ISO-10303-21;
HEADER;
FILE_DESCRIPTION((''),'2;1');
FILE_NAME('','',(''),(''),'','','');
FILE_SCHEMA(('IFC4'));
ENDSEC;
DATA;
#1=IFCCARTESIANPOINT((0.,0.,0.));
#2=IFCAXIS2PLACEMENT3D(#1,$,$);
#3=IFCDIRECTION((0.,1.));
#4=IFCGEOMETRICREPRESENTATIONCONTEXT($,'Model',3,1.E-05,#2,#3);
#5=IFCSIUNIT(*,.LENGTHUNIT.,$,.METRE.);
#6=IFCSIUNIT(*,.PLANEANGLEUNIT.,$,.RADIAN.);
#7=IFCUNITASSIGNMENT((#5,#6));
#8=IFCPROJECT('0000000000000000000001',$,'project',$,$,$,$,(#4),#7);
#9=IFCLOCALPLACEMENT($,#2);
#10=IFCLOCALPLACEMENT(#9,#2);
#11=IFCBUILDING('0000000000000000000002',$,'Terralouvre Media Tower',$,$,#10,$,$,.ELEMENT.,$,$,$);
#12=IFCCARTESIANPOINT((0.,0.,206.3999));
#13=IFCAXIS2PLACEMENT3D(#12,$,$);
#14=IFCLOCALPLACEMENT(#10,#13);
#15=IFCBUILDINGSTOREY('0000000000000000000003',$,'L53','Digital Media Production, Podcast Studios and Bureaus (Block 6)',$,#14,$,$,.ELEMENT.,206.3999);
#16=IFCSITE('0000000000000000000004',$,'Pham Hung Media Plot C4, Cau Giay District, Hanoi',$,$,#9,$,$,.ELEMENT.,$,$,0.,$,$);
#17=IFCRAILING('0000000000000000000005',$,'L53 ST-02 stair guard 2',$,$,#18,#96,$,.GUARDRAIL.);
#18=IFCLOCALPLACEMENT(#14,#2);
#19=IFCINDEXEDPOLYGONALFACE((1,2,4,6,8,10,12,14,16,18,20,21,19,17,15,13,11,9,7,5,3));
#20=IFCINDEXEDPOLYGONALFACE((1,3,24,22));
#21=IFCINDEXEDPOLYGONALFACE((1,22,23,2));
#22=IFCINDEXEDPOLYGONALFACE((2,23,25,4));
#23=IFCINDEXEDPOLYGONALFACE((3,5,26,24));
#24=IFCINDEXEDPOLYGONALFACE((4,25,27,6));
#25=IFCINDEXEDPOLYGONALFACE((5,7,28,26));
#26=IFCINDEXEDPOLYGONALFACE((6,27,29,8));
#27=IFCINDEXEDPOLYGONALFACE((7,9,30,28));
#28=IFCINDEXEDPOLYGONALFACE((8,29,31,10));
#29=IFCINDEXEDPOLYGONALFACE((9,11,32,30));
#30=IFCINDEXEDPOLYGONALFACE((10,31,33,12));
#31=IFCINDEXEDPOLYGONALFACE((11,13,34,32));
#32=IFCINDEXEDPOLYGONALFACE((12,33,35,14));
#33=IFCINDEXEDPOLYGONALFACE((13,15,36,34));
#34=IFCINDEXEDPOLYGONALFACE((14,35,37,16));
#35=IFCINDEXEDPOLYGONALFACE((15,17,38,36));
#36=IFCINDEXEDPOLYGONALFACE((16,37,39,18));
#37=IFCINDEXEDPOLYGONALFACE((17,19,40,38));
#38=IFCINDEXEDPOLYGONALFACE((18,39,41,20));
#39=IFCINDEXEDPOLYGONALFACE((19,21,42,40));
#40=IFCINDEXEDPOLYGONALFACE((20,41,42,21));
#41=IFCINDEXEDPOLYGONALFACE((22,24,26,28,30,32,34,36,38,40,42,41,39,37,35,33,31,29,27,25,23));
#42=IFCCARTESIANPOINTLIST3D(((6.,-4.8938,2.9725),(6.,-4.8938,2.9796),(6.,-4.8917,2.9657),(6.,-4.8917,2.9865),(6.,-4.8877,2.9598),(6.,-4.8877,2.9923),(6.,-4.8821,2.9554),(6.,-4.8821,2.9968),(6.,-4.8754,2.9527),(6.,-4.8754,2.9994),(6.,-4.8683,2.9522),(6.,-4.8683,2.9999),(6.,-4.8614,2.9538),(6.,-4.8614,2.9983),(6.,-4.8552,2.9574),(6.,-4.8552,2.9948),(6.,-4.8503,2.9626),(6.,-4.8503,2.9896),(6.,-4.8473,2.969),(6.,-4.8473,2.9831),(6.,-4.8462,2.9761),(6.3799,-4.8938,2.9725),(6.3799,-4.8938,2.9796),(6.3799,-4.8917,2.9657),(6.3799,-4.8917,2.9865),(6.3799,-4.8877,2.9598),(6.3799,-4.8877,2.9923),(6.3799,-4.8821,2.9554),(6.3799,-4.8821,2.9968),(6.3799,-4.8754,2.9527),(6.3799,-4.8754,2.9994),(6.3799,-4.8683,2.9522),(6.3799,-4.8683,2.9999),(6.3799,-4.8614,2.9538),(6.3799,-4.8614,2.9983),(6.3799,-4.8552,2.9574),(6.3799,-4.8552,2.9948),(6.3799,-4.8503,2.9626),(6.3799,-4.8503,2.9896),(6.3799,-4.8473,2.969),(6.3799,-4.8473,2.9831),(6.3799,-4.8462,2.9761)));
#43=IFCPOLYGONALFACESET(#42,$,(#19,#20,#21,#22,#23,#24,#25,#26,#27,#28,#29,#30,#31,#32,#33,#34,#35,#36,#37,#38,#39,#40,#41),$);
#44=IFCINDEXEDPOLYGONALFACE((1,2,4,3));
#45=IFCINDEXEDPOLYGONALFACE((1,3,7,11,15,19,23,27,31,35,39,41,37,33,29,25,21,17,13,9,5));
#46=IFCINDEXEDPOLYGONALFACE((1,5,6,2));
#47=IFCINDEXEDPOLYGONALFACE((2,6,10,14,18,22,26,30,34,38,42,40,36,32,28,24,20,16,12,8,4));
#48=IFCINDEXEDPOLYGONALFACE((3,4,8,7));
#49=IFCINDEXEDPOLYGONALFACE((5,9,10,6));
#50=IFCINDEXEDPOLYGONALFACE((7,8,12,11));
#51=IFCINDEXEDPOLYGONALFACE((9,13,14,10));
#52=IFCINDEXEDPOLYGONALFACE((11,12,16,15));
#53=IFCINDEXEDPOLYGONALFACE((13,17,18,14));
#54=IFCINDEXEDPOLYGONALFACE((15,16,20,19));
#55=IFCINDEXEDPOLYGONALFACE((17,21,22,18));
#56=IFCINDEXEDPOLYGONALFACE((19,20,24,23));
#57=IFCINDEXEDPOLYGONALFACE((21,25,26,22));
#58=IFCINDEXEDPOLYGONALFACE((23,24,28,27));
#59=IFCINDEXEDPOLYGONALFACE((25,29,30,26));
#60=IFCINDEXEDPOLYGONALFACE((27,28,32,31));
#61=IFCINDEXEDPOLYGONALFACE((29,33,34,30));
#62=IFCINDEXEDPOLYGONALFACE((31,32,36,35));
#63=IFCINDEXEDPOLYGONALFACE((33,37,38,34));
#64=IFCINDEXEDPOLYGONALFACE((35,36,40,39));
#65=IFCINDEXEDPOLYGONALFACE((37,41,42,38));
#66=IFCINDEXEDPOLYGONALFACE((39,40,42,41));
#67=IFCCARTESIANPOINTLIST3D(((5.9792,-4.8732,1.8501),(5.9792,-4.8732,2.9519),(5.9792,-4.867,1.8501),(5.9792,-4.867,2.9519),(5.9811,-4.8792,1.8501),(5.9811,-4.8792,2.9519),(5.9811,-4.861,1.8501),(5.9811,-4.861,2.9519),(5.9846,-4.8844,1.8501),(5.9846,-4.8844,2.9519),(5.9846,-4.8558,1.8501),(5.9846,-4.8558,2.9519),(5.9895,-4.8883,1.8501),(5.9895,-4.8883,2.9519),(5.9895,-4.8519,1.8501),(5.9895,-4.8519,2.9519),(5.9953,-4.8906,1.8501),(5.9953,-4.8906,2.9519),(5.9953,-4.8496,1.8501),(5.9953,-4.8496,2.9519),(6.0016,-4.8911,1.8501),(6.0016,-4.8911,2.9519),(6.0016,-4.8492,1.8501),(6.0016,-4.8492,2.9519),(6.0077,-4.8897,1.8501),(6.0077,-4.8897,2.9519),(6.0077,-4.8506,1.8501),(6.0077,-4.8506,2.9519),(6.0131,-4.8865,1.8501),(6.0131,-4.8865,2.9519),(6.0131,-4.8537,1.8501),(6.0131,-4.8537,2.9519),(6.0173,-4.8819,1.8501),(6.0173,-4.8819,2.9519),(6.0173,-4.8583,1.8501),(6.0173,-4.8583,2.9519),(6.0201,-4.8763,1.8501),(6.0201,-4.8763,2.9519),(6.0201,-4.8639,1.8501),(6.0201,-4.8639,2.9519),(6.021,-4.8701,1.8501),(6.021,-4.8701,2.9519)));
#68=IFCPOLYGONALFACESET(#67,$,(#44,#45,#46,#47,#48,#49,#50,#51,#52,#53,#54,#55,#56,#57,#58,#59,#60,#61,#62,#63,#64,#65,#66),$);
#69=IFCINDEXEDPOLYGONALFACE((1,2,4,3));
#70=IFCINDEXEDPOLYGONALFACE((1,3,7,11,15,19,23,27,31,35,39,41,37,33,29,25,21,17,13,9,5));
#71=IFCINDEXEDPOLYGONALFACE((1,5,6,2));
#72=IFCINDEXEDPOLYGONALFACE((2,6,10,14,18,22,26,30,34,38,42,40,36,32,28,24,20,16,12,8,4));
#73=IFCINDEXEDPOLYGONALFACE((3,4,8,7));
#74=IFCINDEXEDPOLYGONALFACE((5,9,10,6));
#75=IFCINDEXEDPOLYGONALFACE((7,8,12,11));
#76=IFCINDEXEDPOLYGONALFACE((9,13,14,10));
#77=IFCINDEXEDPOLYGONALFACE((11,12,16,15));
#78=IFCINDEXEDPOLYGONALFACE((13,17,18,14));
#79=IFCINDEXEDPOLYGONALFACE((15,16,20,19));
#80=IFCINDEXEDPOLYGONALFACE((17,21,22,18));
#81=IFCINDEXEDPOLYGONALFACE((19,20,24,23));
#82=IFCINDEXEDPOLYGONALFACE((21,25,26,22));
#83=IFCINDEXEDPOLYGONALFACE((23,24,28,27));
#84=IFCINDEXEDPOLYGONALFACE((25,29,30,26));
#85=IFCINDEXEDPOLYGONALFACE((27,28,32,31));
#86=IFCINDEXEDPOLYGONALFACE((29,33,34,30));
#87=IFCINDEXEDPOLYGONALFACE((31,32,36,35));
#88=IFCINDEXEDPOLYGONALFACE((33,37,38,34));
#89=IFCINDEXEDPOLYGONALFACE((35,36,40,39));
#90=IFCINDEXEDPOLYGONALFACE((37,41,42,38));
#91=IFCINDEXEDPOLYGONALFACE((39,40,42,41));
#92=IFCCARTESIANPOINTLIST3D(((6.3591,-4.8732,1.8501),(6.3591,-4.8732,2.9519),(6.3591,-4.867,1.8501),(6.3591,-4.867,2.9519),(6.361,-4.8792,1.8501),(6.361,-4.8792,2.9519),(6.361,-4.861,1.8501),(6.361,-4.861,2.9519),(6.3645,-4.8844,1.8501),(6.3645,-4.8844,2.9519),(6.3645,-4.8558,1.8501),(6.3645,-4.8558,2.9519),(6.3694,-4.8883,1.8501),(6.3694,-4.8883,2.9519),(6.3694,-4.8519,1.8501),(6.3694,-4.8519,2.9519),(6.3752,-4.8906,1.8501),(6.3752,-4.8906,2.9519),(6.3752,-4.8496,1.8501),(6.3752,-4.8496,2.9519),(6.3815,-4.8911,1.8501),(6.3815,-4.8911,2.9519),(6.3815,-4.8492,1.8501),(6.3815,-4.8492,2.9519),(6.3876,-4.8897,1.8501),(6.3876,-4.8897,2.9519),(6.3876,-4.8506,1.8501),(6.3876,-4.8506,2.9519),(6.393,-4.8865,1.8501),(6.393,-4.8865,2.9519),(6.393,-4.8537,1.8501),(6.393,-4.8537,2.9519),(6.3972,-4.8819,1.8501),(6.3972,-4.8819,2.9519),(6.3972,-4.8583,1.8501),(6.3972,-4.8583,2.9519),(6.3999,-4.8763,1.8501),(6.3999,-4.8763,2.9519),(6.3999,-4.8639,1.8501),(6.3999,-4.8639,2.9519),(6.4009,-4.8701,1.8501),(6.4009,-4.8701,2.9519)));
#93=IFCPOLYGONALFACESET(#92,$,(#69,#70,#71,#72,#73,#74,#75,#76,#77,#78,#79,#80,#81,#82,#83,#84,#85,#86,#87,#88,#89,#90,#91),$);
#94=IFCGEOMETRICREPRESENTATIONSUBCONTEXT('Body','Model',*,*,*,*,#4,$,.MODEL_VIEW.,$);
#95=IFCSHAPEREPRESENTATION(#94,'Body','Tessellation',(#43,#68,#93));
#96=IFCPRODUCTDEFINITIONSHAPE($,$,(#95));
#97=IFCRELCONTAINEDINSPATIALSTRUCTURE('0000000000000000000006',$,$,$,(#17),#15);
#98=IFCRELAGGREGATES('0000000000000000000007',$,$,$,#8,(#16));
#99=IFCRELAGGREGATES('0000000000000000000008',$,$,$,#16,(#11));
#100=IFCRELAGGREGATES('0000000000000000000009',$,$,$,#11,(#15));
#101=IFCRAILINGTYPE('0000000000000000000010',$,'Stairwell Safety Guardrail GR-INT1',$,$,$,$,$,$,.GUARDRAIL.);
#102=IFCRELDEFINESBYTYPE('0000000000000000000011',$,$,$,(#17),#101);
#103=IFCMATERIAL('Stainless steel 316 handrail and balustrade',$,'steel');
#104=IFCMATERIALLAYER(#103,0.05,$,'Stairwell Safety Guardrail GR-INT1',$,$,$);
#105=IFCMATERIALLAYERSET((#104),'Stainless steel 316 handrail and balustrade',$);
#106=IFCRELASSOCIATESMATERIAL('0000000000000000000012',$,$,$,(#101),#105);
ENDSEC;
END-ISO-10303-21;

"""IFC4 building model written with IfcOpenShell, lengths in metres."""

from ifc_helpers import new_model, si_unit, direction, frame, origin, origin_2d, place, context, subcontext, project, spatial, circle, extrude, material, layer, layer_set, type_object, element, save


model = new_model("IFC4")

# Units and contexts
model_context = context("Model", 3, precision=1e-05, world=origin(), true_north=direction((0.0, 1.0)))
body_context = subcontext(model_context, "Body", "Model", "MODEL_VIEW")
ifc_project = project(units=[si_unit("LENGTHUNIT", "METRE"), si_unit("PLANEANGLEUNIT", "RADIAN")], contexts=[model_context])

# Site, building, storey
site_placement = place(None, origin())
site = spatial("IfcSite", under=ifc_project, at=site_placement, Name="Pham Hung Media Plot C4, Cau Giay District, Hanoi", CompositionType="ELEMENT", RefElevation=0.0)
building_placement = place(site_placement, origin())
building = spatial("IfcBuilding", under=site, at=building_placement, Name="Terralouvre Media Tower", CompositionType="ELEMENT")
storey_placement = place(building_placement, frame((0.0, 0.0, 206.3999)))
storey = spatial("IfcBuildingStorey", under=building, at=storey_placement, Name="L53", Description="Digital Media Production, Podcast Studios and Bureaus (Block 6)", CompositionType="ELEMENT", Elevation=206.3999)

# Railing
ifc_material_1 = material(Name="Stainless steel 316 handrail and balustrade", Category="steel")
ifc_layer_1 = layer(ifc_material_1, 0.05, Name="Stairwell Safety Guardrail GR-INT1")
ifc_layer_set_1 = layer_set([ifc_layer_1], Name="Stainless steel 316 handrail and balustrade")
railing_type_1 = type_object("IfcRailingType", Name="Stairwell Safety Guardrail GR-INT1", PredefinedType="GUARDRAIL", material=ifc_layer_set_1)
railing_1_placement = place(storey_placement, frame((6.0, -4.8701, 1.8501)))
element("IfcRailing", 1, at=railing_1_placement, inside=storey, type_object=railing_type_1, Name="L53 ST-02 stair guard 2", PredefinedType="GUARDRAIL", context=body_context, shape_type="SweptSolid", body=[
    extrude(circle(Radius=0.0239, at=origin_2d()), frame((0.0, 0.0, 1.126), z_axis=(1.0, 0.0, 0.0), x_axis=(0.0, 1.0, 0.0)), (0.0, 0.0, 1.0), 0.3799),
    extrude(circle(Radius=0.021, at=origin_2d()), origin(), (0.0, 0.0, 1.0), 1.1018),
    extrude(circle(Radius=0.021, at=origin_2d()), frame((0.3799, 0.0, 0.0)), (0.0, 0.0, 1.0), 1.1018),
])

save(model, "model.ifc")
